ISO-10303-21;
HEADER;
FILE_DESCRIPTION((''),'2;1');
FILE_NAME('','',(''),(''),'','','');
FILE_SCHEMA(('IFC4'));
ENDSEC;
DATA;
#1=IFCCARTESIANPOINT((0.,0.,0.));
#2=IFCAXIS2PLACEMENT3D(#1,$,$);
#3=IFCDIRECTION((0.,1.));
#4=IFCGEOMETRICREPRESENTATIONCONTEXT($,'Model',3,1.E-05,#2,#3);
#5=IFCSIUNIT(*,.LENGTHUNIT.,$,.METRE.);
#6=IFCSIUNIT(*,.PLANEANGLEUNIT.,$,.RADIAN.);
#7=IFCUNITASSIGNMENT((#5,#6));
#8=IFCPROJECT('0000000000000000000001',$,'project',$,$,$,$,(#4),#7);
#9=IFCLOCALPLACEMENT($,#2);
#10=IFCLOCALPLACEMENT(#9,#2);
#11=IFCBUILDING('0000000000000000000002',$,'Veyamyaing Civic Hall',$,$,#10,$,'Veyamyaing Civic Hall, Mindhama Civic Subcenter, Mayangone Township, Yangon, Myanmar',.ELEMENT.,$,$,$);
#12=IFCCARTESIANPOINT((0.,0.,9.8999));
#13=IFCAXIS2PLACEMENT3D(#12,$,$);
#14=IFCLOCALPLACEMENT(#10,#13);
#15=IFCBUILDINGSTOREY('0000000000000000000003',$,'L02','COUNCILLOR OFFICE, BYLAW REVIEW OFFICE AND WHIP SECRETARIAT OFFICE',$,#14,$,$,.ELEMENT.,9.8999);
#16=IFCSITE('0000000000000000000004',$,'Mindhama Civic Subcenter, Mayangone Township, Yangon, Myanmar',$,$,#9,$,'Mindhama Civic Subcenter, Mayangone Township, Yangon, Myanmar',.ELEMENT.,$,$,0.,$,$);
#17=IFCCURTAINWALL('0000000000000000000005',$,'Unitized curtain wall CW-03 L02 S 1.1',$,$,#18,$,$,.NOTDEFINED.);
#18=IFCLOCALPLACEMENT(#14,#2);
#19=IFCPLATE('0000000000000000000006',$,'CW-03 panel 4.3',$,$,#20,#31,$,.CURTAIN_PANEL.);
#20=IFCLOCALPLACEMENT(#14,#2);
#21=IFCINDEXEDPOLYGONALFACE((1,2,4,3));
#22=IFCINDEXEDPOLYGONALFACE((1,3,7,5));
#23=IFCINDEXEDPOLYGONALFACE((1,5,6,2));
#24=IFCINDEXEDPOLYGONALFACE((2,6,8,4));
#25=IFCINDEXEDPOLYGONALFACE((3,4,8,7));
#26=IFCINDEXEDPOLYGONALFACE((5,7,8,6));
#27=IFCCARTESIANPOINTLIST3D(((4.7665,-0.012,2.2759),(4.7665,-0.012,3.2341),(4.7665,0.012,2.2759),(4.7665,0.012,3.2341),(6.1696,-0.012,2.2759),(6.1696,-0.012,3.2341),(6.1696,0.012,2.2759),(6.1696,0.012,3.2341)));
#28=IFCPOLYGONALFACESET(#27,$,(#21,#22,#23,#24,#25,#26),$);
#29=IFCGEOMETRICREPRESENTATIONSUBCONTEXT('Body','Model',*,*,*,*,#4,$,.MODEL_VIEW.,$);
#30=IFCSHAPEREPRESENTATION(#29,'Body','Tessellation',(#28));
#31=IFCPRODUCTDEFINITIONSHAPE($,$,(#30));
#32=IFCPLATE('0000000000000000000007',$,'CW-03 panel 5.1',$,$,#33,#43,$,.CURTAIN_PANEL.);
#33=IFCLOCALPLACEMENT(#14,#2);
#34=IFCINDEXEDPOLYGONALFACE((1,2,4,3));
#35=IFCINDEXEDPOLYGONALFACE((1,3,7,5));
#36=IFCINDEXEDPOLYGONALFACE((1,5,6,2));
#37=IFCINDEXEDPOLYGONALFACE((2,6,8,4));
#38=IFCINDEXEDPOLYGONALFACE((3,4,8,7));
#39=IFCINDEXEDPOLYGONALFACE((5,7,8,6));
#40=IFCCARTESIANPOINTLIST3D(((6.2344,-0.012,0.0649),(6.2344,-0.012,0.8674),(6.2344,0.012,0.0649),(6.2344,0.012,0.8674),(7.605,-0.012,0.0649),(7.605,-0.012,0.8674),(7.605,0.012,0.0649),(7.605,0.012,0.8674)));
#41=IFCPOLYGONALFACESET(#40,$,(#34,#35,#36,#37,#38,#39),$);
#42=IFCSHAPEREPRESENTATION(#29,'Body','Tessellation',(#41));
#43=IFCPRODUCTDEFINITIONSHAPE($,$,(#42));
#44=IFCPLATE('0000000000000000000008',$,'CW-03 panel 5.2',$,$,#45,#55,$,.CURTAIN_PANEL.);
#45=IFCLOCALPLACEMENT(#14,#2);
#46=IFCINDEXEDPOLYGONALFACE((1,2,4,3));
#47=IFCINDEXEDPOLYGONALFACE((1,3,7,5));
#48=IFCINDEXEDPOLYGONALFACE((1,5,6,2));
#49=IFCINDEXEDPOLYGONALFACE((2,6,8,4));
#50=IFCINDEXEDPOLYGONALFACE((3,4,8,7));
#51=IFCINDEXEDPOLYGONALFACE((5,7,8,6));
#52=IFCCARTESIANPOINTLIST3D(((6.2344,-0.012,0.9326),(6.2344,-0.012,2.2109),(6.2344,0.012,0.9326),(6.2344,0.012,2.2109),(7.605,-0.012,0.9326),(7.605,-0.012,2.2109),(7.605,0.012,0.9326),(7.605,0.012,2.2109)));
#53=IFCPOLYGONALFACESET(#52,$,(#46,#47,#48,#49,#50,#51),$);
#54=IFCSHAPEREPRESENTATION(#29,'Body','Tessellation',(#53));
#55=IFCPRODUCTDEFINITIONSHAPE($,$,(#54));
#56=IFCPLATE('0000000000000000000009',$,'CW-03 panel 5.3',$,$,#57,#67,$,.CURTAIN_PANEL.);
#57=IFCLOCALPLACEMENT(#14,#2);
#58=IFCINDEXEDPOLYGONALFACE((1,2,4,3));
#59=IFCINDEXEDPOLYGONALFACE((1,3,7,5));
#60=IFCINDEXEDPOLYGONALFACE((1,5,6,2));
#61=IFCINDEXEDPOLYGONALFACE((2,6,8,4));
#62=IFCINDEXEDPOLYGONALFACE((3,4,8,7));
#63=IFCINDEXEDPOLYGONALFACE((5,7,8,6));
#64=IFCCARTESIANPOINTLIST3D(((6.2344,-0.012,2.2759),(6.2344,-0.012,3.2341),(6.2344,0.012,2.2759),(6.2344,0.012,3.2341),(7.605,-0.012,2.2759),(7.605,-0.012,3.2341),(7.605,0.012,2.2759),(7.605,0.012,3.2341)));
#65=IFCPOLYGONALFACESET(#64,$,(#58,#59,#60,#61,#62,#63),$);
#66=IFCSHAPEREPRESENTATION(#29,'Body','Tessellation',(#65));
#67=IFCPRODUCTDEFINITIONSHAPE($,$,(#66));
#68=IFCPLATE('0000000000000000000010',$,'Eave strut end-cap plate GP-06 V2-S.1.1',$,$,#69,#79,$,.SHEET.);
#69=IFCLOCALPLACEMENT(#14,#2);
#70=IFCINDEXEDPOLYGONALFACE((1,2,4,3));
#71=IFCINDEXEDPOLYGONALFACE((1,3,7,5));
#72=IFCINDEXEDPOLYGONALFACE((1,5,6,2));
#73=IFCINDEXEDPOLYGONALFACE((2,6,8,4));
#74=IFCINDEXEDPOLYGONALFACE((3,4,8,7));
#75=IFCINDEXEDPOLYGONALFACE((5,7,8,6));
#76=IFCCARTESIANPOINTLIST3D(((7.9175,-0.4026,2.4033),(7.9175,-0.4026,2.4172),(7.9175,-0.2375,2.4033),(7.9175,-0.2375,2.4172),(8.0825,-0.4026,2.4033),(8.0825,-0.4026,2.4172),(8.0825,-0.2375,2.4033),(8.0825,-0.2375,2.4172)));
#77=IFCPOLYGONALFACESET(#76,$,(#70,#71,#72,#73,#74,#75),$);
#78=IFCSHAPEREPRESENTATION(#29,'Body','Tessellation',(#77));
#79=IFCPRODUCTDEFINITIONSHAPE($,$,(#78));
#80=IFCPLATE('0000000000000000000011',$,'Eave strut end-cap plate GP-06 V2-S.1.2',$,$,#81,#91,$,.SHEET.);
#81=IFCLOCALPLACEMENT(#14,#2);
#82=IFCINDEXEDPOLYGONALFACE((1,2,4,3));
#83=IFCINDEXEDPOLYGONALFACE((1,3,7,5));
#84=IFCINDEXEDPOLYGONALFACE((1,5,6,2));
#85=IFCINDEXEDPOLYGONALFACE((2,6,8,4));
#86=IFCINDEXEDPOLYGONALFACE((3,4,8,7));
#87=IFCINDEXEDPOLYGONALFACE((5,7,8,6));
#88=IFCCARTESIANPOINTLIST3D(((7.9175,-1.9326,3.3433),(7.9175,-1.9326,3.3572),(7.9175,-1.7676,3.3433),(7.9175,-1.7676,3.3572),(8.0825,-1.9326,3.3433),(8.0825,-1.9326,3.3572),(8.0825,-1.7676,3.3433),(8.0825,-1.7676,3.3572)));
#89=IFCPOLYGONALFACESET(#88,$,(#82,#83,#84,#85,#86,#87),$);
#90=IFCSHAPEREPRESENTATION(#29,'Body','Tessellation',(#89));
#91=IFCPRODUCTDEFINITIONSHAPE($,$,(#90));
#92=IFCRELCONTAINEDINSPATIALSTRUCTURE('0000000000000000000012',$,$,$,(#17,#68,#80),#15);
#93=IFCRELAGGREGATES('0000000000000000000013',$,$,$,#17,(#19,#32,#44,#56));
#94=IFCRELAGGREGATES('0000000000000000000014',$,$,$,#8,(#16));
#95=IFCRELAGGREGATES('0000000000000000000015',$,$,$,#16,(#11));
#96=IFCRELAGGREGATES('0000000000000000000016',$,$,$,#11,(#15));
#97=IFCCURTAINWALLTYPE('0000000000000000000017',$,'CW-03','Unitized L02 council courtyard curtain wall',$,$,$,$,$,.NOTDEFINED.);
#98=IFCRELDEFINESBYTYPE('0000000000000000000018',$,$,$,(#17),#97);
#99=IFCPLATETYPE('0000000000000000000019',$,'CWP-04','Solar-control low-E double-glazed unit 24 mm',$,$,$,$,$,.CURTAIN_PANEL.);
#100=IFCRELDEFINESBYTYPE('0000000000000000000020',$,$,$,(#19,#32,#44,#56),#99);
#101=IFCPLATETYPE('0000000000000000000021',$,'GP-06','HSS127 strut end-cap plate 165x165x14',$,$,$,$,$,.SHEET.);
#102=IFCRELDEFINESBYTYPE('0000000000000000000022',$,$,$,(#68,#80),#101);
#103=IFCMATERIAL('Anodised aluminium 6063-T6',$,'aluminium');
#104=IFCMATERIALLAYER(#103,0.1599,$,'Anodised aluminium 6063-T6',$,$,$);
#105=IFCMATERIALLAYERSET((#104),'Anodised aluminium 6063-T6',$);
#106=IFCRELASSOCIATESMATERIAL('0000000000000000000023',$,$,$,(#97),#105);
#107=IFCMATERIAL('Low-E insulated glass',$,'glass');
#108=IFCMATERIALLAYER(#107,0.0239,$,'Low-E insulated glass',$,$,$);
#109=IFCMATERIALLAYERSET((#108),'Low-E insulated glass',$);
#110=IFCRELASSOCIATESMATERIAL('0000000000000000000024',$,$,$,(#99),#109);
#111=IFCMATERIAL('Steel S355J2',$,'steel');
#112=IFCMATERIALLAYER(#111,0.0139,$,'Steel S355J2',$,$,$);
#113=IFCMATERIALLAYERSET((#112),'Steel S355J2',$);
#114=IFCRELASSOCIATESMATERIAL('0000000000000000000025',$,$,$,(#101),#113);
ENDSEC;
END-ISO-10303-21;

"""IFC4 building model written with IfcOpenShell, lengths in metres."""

from ifc_helpers import new_model, si_unit, direction, frame, origin, origin_2d, place, context, subcontext, project, spatial, rectangle, extrude, material, layer, layer_set, type_object, element, aggregate, save


model = new_model("IFC4")

# Units and contexts
model_context = context("Model", 3, precision=1e-05, world=origin(), true_north=direction((0.0, 1.0)))
body_context = subcontext(model_context, "Body", "Model", "MODEL_VIEW")
ifc_project = project(units=[si_unit("LENGTHUNIT", "METRE"), si_unit("PLANEANGLEUNIT", "RADIAN")], contexts=[model_context])

# Site, building, storey
site_placement = place(None, origin())
site = spatial("IfcSite", under=ifc_project, at=site_placement, Name="Mindhama Civic Subcenter, Mayangone Township, Yangon, Myanmar", LongName="Mindhama Civic Subcenter, Mayangone Township, Yangon, Myanmar", CompositionType="ELEMENT", RefElevation=0.0)
building_placement = place(site_placement, origin())
building = spatial("IfcBuilding", under=site, at=building_placement, Name="Veyamyaing Civic Hall", LongName="Veyamyaing Civic Hall, Mindhama Civic Subcenter, Mayangone Township, Yangon, Myanmar", CompositionType="ELEMENT")
storey_placement = place(building_placement, frame((0.0, 0.0, 9.8999)))
storey = spatial("IfcBuildingStorey", under=building, at=storey_placement, Name="L02", Description="COUNCILLOR OFFICE, BYLAW REVIEW OFFICE AND WHIP SECRETARIAT OFFICE", CompositionType="ELEMENT", Elevation=9.8999)

# Curtain wall
ifc_material_1 = material(Name="Anodised aluminium 6063-T6", Category="aluminium")
ifc_layer_1 = layer(ifc_material_1, 0.1599, Name="Anodised aluminium 6063-T6")
ifc_layer_set_1 = layer_set([ifc_layer_1], Name="Anodised aluminium 6063-T6")
curtain_wall_type = type_object("IfcCurtainWallType", Name="CW-03", Description="Unitized L02 council courtyard curtain wall", PredefinedType="NOTDEFINED", material=ifc_layer_set_1)
curtain_wall_placement = place(storey_placement, origin())
curtain_wall = element("IfcCurtainWall", 1, at=curtain_wall_placement, inside=storey, type_object=curtain_wall_type, Name="Unitized curtain wall CW-03 L02 S 1.1", PredefinedType="NOTDEFINED")

# Shared definitions
ifc_material_2 = material(Name="Steel S355J2", Category="steel")

# Plates
ifc_material_3 = material(Name="Low-E insulated glass", Category="glass")
ifc_layer_2 = layer(ifc_material_3, 0.0239, Name="Low-E insulated glass")
ifc_layer_set_2 = layer_set([ifc_layer_2], Name="Low-E insulated glass")
plate_type_1 = type_object("IfcPlateType", Name="CWP-04", Description="Solar-control low-E double-glazed unit 24 mm", PredefinedType="CURTAIN_PANEL", material=ifc_layer_set_2)
plate_1_placement = place(storey_placement, frame((5.468, 0.0, 2.2759), z_axis=(0.0, 0.0, 1.0), x_axis=(1.0, 0.0, 0.0)))
plate_1 = element("IfcPlate", 2, at=plate_1_placement, type_object=plate_type_1, Name="CW-03 panel 4.3", PredefinedType="CURTAIN_PANEL", context=body_context, shape_type="SweptSolid", body=[
    extrude(rectangle(XDim=1.4031, YDim=0.0239, at=origin_2d()), origin(), (0.0, 0.0, 1.0), 0.9583),
])
plate_2_placement = place(storey_placement, frame((6.9197, 0.0, 0.0649), z_axis=(0.0, 0.0, 1.0), x_axis=(1.0, 0.0, 0.0)))
plate_2 = element("IfcPlate", 3, at=plate_2_placement, type_object=plate_type_1, Name="CW-03 panel 5.1", PredefinedType="CURTAIN_PANEL", context=body_context, shape_type="SweptSolid", body=[
    extrude(rectangle(XDim=1.3706, YDim=0.0239, at=origin_2d()), origin(), (0.0, 0.0, 1.0), 0.8025),
])
plate_3_placement = place(storey_placement, frame((6.9197, 0.0, 0.9326), z_axis=(0.0, 0.0, 1.0), x_axis=(1.0, 0.0, 0.0)))
plate_3 = element("IfcPlate", 4, at=plate_3_placement, type_object=plate_type_1, Name="CW-03 panel 5.2", PredefinedType="CURTAIN_PANEL", context=body_context, shape_type="SweptSolid", body=[
    extrude(rectangle(XDim=1.3706, YDim=0.0239, at=origin_2d()), origin(), (0.0, 0.0, 1.0), 1.2783),
])
plate_4_placement = place(storey_placement, frame((6.9197, 0.0, 2.2759), z_axis=(0.0, 0.0, 1.0), x_axis=(1.0, 0.0, 0.0)))
plate_4 = element("IfcPlate", 5, at=plate_4_placement, type_object=plate_type_1, Name="CW-03 panel 5.3", PredefinedType="CURTAIN_PANEL", context=body_context, shape_type="SweptSolid", body=[
    extrude(rectangle(XDim=1.3706, YDim=0.0239, at=origin_2d()), origin(), (0.0, 0.0, 1.0), 0.9583),
])
aggregate(curtain_wall, [plate_1, plate_2, plate_3, plate_4])

# Plates
ifc_layer_3 = layer(ifc_material_2, 0.0139, Name="Steel S355J2")
ifc_layer_set_3 = layer_set([ifc_layer_3], Name="Steel S355J2")
plate_type_2 = type_object("IfcPlateType", Name="GP-06", Description="HSS127 strut end-cap plate 165x165x14", PredefinedType="SHEET", material=ifc_layer_set_3)
for number, where, z_axis, x_axis, name in (
    (6, (8.0, -0.3201, 2.4033), (0.0, 0.0, 1.0), (0.0, 1.0, 0.0), "Eave strut end-cap plate GP-06 V2-S.1.1"),
    (7, (8.0, -1.8501, 3.3433), (0.0, 0.0, 1.0), (0.0, 1.0, 0.0), "Eave strut end-cap plate GP-06 V2-S.1.2"),
):
    element("IfcPlate", number, at=place(storey_placement, frame(where, z_axis=z_axis, x_axis=x_axis)), inside=storey, type_object=plate_type_2, Name=name, PredefinedType="SHEET", context=body_context, shape_type="SweptSolid", body=[
        extrude(rectangle(XDim=0.165, YDim=0.165, at=origin_2d()), origin(), (0.0, 0.0, 1.0), 0.0139),
    ])

save(model, "model.ifc")
